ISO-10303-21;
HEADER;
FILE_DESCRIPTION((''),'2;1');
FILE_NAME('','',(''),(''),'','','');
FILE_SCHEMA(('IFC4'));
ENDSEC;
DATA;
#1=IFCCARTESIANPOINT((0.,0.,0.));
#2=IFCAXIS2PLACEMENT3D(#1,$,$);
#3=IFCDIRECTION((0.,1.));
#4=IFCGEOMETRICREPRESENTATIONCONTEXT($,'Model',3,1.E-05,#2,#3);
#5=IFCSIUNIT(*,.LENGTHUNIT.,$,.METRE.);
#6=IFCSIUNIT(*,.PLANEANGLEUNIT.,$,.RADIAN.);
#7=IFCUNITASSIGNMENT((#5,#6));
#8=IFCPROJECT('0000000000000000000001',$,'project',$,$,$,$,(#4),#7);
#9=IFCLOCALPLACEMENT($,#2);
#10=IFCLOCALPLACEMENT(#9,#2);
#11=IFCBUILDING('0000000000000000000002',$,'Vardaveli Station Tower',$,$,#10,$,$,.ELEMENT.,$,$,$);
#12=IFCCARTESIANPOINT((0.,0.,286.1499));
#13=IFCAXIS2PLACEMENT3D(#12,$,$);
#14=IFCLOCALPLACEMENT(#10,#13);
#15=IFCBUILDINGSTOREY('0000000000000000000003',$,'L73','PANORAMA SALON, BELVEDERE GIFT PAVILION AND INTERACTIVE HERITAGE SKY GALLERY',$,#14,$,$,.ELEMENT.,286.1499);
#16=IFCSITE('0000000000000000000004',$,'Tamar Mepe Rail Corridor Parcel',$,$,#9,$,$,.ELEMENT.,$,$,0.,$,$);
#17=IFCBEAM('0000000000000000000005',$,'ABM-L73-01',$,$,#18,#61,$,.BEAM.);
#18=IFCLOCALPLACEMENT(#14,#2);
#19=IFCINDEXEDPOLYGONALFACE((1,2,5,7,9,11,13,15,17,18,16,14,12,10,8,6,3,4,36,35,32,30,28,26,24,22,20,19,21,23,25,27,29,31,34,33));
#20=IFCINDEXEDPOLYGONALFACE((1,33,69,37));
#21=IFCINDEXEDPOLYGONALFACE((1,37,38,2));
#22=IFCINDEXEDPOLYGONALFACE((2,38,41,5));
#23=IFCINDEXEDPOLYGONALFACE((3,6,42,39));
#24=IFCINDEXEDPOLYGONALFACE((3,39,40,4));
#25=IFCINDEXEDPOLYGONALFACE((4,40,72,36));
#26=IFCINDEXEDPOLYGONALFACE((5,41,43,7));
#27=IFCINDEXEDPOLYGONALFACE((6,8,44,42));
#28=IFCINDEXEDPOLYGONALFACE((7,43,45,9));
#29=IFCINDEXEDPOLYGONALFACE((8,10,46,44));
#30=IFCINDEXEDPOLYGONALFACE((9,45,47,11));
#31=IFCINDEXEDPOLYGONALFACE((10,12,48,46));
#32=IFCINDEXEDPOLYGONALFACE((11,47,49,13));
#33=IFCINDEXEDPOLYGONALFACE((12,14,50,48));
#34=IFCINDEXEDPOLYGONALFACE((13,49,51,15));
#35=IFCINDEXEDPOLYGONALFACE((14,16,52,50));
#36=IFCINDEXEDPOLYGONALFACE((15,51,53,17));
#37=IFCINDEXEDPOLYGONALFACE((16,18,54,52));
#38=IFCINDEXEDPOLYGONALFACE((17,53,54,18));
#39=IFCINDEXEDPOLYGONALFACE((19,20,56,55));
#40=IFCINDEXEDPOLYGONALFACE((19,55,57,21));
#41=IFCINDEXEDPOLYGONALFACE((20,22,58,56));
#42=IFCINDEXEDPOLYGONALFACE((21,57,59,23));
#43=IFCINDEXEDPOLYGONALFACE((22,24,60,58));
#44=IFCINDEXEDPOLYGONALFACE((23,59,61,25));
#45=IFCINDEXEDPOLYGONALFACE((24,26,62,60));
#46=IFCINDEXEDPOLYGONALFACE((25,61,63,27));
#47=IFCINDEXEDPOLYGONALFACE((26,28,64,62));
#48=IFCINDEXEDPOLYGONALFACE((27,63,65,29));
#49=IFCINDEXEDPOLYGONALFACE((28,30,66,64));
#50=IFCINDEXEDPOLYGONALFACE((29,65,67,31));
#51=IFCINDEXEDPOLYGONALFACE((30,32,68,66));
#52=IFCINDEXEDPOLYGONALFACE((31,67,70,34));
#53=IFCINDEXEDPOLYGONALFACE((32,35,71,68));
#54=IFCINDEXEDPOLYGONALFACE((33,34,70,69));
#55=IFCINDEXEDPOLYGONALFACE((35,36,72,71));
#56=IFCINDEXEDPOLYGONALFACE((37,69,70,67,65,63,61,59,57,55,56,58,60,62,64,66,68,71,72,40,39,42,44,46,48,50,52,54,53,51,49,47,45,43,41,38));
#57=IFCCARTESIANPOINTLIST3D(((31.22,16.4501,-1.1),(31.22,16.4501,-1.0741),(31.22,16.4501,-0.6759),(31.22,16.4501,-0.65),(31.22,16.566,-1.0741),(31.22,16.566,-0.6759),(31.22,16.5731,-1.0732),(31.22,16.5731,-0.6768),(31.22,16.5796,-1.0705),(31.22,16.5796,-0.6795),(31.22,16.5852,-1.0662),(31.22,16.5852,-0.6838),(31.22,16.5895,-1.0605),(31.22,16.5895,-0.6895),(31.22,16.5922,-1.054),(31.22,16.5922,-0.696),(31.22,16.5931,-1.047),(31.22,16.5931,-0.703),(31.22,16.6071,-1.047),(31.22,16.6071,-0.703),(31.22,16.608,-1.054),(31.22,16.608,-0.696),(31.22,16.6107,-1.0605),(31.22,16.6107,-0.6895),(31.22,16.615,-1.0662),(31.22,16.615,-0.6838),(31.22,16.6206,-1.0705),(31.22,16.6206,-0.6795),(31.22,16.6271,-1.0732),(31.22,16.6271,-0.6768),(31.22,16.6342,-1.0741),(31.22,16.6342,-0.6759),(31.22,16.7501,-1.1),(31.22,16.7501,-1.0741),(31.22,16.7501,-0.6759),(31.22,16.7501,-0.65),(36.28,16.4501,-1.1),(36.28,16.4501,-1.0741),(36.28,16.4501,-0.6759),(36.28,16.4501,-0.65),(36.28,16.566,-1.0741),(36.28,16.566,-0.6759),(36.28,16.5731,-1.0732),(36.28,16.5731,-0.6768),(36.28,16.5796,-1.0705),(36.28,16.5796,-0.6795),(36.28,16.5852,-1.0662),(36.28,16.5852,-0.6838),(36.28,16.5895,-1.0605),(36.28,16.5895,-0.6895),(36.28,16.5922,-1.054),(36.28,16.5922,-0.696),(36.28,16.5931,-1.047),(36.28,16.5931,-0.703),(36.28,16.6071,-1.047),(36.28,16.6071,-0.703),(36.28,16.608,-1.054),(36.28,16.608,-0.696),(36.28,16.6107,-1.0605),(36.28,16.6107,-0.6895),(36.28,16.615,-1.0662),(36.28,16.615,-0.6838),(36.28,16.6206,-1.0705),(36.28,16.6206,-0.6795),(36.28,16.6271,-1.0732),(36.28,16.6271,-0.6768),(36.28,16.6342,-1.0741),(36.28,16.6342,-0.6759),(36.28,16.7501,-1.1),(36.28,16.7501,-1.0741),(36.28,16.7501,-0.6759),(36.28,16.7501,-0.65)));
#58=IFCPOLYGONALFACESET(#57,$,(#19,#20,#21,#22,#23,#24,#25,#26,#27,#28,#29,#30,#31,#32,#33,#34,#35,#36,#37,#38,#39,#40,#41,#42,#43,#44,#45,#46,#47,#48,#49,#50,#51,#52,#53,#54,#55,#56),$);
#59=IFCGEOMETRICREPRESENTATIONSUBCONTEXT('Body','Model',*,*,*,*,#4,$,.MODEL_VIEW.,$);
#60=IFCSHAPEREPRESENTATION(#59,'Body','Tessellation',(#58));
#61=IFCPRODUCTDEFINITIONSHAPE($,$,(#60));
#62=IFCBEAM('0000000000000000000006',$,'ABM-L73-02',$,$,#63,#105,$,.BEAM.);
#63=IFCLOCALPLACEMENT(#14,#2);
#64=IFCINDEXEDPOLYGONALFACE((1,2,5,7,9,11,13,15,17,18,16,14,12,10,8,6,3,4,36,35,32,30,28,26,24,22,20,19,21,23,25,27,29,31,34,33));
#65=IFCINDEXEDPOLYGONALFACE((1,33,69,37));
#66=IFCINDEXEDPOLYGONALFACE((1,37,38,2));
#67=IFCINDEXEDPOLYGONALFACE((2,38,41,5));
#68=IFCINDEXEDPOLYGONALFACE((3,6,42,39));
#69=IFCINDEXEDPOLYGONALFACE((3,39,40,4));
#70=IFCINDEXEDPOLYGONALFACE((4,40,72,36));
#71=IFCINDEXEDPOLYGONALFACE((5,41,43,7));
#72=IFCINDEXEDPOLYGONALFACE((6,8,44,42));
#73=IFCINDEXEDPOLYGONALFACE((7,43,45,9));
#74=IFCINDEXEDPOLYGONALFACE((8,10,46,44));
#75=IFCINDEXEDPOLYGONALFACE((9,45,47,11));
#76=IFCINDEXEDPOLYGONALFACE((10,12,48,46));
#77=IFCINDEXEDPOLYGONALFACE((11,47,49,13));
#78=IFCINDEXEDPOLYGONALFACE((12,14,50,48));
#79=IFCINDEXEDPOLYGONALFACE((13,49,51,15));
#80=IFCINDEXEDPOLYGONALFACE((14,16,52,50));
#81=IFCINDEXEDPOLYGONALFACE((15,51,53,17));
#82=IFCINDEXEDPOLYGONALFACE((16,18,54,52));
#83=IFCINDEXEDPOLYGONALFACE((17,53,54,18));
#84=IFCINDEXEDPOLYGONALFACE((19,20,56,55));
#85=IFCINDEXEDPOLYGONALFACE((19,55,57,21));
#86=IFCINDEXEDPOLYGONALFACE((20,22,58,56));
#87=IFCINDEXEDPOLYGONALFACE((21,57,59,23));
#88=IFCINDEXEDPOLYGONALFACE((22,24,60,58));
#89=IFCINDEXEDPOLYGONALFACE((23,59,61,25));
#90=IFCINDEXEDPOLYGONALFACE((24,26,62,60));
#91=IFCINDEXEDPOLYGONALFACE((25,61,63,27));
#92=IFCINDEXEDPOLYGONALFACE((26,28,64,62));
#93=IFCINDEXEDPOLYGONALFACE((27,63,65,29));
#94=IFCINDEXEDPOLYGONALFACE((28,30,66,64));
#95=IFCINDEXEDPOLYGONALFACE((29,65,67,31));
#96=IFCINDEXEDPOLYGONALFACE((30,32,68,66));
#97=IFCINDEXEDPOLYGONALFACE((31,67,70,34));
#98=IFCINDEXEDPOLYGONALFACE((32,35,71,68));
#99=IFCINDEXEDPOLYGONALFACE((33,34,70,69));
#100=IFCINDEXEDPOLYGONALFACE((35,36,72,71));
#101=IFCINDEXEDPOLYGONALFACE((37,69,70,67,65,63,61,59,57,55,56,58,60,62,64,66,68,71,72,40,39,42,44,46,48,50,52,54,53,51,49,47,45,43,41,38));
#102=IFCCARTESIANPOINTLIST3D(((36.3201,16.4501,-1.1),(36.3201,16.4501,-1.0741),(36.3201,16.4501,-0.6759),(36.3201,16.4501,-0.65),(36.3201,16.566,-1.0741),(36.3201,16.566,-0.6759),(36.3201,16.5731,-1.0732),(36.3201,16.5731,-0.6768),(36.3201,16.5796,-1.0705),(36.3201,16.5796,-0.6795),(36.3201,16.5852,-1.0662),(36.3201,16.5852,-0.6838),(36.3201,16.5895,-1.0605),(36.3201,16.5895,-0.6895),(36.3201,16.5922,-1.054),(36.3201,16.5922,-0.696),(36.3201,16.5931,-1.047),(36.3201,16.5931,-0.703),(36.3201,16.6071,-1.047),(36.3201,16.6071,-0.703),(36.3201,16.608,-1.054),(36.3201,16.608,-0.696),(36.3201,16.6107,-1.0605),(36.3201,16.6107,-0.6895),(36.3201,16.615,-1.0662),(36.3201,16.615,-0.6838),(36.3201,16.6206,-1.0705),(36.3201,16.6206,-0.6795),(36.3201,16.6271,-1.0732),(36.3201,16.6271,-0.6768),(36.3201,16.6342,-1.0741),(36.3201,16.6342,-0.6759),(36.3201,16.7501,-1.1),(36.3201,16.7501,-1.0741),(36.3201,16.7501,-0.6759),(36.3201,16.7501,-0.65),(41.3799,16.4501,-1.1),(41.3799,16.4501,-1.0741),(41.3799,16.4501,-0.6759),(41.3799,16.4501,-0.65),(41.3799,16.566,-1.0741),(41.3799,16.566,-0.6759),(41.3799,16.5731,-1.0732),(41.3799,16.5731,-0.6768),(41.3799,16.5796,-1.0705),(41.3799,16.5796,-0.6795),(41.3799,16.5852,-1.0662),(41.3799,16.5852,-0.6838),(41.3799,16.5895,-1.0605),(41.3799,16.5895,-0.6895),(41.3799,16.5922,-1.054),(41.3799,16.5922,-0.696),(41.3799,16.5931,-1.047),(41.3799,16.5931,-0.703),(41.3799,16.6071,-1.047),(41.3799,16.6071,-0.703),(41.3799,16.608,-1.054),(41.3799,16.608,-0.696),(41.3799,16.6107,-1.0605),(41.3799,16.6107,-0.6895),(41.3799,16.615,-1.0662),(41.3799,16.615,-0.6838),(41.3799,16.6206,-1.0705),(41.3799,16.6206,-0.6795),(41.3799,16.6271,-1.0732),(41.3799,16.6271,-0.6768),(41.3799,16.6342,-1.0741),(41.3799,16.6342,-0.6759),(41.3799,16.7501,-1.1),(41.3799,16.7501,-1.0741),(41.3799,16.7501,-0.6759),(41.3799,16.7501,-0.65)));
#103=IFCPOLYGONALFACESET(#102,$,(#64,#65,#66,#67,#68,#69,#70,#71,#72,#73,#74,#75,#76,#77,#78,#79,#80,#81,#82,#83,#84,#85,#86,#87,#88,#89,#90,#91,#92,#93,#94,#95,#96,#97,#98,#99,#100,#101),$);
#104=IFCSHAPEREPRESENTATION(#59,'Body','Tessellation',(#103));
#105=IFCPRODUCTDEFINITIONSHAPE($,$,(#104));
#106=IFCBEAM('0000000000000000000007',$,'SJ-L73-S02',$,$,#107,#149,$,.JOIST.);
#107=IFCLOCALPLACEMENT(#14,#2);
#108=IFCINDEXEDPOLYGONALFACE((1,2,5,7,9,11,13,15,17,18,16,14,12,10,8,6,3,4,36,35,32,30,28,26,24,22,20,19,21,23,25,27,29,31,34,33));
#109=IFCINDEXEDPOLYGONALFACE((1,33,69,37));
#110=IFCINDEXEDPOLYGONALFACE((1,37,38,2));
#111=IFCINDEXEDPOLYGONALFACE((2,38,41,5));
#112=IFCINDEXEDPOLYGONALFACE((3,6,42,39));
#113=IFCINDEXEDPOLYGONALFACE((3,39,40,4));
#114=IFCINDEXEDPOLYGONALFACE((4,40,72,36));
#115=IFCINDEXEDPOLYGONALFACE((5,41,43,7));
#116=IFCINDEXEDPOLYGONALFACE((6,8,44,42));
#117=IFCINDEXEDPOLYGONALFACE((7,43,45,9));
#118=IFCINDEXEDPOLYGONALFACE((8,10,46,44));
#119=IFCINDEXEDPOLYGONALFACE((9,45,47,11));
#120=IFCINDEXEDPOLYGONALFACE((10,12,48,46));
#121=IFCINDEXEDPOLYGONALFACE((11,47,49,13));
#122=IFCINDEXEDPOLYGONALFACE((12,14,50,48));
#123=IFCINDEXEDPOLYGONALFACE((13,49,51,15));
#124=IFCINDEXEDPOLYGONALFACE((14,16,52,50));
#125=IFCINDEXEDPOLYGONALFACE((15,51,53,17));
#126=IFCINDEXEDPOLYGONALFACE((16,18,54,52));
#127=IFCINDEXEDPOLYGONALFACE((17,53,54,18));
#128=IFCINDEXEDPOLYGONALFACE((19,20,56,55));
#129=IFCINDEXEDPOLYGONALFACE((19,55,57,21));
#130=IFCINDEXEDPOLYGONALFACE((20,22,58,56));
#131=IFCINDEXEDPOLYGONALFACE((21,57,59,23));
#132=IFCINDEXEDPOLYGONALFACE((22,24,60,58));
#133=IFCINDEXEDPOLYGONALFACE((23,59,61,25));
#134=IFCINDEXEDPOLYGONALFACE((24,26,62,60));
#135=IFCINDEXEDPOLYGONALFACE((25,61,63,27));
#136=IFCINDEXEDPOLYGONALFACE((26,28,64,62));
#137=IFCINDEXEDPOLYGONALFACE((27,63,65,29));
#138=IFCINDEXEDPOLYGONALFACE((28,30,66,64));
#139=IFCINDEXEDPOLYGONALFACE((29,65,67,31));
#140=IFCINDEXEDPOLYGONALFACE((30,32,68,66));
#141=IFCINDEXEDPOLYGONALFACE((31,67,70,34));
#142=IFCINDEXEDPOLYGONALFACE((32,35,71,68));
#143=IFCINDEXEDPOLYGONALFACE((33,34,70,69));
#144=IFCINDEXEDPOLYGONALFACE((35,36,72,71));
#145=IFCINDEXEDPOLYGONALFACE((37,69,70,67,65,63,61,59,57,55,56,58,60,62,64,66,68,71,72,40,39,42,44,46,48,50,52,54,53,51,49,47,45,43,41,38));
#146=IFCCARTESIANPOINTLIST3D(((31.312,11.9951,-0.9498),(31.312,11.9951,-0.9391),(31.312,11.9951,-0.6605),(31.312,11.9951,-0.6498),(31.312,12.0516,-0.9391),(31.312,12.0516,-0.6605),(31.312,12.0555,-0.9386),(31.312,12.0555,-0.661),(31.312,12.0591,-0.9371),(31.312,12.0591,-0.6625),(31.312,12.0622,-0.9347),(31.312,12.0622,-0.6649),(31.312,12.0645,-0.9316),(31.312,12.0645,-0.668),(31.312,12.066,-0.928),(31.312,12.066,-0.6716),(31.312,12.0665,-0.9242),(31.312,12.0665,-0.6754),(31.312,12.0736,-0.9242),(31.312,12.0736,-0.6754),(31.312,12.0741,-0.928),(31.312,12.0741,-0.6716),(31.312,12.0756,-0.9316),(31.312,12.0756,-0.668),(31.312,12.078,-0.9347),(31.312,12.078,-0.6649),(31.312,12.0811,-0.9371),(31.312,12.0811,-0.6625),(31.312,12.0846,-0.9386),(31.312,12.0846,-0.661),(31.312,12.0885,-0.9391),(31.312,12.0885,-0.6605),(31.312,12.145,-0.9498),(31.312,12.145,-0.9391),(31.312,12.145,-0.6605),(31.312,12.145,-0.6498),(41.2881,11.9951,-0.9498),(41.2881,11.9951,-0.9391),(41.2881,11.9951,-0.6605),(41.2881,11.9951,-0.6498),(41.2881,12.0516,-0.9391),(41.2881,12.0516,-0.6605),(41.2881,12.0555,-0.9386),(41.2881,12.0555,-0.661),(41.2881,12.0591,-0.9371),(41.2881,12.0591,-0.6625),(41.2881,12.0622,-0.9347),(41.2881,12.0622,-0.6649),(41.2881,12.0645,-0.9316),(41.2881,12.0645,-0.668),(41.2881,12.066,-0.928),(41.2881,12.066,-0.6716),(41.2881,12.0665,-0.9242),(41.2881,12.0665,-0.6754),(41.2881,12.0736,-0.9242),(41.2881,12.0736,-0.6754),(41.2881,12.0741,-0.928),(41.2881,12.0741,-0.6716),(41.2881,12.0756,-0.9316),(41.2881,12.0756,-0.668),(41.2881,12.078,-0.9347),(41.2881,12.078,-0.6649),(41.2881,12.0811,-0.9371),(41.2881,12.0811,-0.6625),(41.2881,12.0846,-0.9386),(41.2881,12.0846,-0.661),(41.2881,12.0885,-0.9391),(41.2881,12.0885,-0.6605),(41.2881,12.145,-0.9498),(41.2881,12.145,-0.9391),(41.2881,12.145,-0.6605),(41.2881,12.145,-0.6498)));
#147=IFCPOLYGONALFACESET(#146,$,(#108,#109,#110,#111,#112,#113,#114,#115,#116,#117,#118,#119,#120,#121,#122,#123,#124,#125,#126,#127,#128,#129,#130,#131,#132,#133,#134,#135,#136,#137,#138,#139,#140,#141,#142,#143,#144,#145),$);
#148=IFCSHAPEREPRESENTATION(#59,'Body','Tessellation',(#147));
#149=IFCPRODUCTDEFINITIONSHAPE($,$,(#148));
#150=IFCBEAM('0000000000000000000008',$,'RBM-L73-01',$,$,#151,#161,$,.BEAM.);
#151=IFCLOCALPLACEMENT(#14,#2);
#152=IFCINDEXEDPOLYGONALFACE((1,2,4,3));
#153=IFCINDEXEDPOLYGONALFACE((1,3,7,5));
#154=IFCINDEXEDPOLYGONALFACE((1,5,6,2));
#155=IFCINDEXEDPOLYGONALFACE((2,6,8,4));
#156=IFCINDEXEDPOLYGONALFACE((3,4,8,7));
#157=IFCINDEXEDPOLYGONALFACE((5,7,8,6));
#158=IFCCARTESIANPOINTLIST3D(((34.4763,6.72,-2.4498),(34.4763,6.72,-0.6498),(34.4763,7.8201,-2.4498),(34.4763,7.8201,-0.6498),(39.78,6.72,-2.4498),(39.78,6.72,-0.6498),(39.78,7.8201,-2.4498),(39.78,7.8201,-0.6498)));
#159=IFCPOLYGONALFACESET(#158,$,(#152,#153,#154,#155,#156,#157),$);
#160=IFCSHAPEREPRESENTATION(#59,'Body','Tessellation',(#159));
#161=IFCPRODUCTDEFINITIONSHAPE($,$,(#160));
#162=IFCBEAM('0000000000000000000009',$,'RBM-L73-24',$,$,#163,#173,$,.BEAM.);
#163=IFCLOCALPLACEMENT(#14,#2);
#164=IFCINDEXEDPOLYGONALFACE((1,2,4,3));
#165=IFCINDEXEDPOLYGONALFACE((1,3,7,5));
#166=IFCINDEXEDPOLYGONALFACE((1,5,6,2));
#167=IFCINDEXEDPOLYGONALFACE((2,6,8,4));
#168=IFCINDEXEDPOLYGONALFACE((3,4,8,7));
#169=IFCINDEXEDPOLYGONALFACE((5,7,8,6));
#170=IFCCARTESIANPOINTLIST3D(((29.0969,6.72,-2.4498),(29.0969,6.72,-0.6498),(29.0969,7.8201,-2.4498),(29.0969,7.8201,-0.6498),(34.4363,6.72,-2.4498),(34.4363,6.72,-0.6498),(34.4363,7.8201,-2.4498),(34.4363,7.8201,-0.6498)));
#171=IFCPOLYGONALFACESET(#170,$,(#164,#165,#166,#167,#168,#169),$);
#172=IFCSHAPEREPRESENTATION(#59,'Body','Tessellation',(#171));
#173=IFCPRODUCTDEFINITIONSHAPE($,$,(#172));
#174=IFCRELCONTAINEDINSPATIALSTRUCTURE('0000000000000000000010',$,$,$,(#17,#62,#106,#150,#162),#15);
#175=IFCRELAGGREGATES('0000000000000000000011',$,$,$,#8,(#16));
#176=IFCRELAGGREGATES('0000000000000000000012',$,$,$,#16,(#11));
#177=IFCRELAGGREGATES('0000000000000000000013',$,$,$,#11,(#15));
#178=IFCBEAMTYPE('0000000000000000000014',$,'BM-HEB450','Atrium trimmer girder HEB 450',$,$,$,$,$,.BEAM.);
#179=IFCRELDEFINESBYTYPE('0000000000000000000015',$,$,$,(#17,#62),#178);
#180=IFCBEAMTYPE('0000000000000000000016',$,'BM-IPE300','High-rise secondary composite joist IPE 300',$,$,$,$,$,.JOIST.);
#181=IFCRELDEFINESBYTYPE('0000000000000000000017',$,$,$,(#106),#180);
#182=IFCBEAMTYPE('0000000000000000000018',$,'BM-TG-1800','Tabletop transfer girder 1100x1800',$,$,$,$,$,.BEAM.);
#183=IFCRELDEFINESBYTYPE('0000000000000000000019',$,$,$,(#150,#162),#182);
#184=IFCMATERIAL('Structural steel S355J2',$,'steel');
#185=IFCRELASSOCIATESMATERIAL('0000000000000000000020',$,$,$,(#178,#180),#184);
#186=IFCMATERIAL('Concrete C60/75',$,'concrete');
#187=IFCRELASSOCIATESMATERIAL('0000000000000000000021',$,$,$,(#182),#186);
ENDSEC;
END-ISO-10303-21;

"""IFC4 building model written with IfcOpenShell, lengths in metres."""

from ifc_helpers import new_model, si_unit, direction, frame, origin, origin_2d, place, context, subcontext, project, spatial, rectangle, i_section, extrude, source, transform, mapped, material, material_profile, profile_set, type_object, element, save


model = new_model("IFC4")

# Units and contexts
model_context = context("Model", 3, precision=1e-05, world=origin(), true_north=direction((0.0, 1.0)))
body_context = subcontext(model_context, "Body", "Model", "MODEL_VIEW")
ifc_project = project(units=[si_unit("LENGTHUNIT", "METRE"), si_unit("PLANEANGLEUNIT", "RADIAN")], contexts=[model_context])

# Site, building, storey
site_placement = place(None, origin())
site = spatial("IfcSite", under=ifc_project, at=site_placement, Name="Tamar Mepe Rail Corridor Parcel", CompositionType="ELEMENT", RefElevation=0.0)
building_placement = place(site_placement, origin())
building = spatial("IfcBuilding", under=site, at=building_placement, Name="Vardaveli Station Tower", CompositionType="ELEMENT")
storey_placement = place(building_placement, frame((0.0, 0.0, 286.1499)))
storey = spatial("IfcBuildingStorey", under=building, at=storey_placement, Name="L73", Description="PANORAMA SALON, BELVEDERE GIFT PAVILION AND INTERACTIVE HERITAGE SKY GALLERY", CompositionType="ELEMENT", Elevation=286.1499)

# Shared definitions
ifc_material_1 = material(Name="Structural steel S355J2", Category="steel")

# Beams
ifc_material_profile_1 = material_profile(ifc_material_1, i_section(OverallWidth=0.3, OverallDepth=0.45, WebThickness=0.0139, FlangeThickness=0.0259, FilletRadius=0.0271, at=origin_2d()), Name="HEB 450")
ifc_profile_set_1 = profile_set([ifc_material_profile_1], Name="Structural steel S355J2")
beam_type_1 = type_object("IfcBeamType", Name="BM-HEB450", Description="Atrium trimmer girder HEB 450", PredefinedType="BEAM", material=ifc_profile_set_1)
shared_shape_1 = source(origin(), body_context, "Body", "SweptSolid", [
    extrude(i_section(OverallWidth=0.3, OverallDepth=0.45, WebThickness=0.0139, FlangeThickness=0.0259, FilletRadius=0.0271, at=origin_2d()), origin(), (0.0, 0.0, 1.0), 5.0601),
])
beam_1_placement = place(storey_placement, frame((31.22, 16.6001, -0.875), z_axis=(1.0, 0.0, 0.0), x_axis=(0.0, 1.0, 0.0)))
element("IfcBeam", 1, at=beam_1_placement, inside=storey, type_object=beam_type_1, Name="ABM-L73-01", PredefinedType="BEAM", context=body_context, shape_type="MappedRepresentation", body=[
    mapped(shared_shape_1, transform((0.0, 0.0, 0.0), scale=1.0)),
])
shared_shape_2 = source(origin(), body_context, "Body", "SweptSolid", [
    extrude(i_section(OverallWidth=0.3, OverallDepth=0.45, WebThickness=0.0139, FlangeThickness=0.0259, FilletRadius=0.0271, at=origin_2d()), origin(), (0.0, 0.0, 1.0), 5.0598),
])
beam_2_placement = place(storey_placement, frame((36.3201, 16.6001, -0.875), z_axis=(1.0, 0.0, 0.0), x_axis=(0.0, 1.0, 0.0)))
element("IfcBeam", 2, at=beam_2_placement, inside=storey, type_object=beam_type_1, Name="ABM-L73-02", PredefinedType="BEAM", context=body_context, shape_type="MappedRepresentation", body=[
    mapped(shared_shape_2, transform((0.0, 0.0, 0.0), scale=1.0)),
])
ifc_material_profile_2 = material_profile(ifc_material_1, i_section(OverallWidth=0.1499, OverallDepth=0.3, WebThickness=0.0071, FlangeThickness=0.0107, FilletRadius=0.0149, at=origin_2d()), Name="IPE 300")
ifc_profile_set_2 = profile_set([ifc_material_profile_2], Name="Structural steel S355J2")
beam_type_2 = type_object("IfcBeamType", Name="BM-IPE300", Description="High-rise secondary composite joist IPE 300", PredefinedType="JOIST", material=ifc_profile_set_2)
shared_shape_3 = source(origin(), body_context, "Body", "SweptSolid", [
    extrude(i_section(OverallWidth=0.1499, OverallDepth=0.3, WebThickness=0.0071, FlangeThickness=0.0107, FilletRadius=0.0149, at=origin_2d()), origin(), (0.0, 0.0, 1.0), 9.9761),
])
beam_3_placement = place(storey_placement, frame((31.312, 12.0701, -0.7998), z_axis=(1.0, 0.0, 0.0), x_axis=(0.0, 1.0, 0.0)))
element("IfcBeam", 3, at=beam_3_placement, inside=storey, type_object=beam_type_2, Name="SJ-L73-S02", PredefinedType="JOIST", context=body_context, shape_type="MappedRepresentation", body=[
    mapped(shared_shape_3, transform((0.0, 0.0, 0.0), scale=1.0)),
])
ifc_material_2 = material(Name="Concrete C60/75", Category="concrete")
ifc_material_profile_3 = material_profile(ifc_material_2, rectangle(XDim=1.1001, YDim=1.8, at=origin_2d()), Name="TG 1100x1800")
ifc_profile_set_3 = profile_set([ifc_material_profile_3], Name="Concrete C60/75")
beam_type_3 = type_object("IfcBeamType", Name="BM-TG-1800", Description="Tabletop transfer girder 1100x1800", PredefinedType="BEAM", material=ifc_profile_set_3)
shared_shape_4 = source(origin(), body_context, "Body", "SweptSolid", [
    extrude(rectangle(XDim=1.1001, YDim=1.8, at=origin_2d()), origin(), (0.0, 0.0, 1.0), 5.3037),
])
beam_4_placement = place(storey_placement, frame((34.4763, 7.27, -1.5498), z_axis=(1.0, 0.0, 0.0), x_axis=(0.0, 1.0, 0.0)))
element("IfcBeam", 4, at=beam_4_placement, inside=storey, type_object=beam_type_3, Name="RBM-L73-01", PredefinedType="BEAM", context=body_context, shape_type="MappedRepresentation", body=[
    mapped(shared_shape_4, transform((0.0, 0.0, 0.0), scale=1.0)),
])
shared_shape_5 = source(origin(), body_context, "Body", "SweptSolid", [
    extrude(rectangle(XDim=1.1001, YDim=1.8, at=origin_2d()), origin(), (0.0, 0.0, 1.0), 5.3394),
])
beam_5_placement = place(storey_placement, frame((29.0969, 7.27, -1.5498), z_axis=(1.0, 0.0, 0.0), x_axis=(0.0, 1.0, 0.0)))
element("IfcBeam", 5, at=beam_5_placement, inside=storey, type_object=beam_type_3, Name="RBM-L73-24", PredefinedType="BEAM", context=body_context, shape_type="MappedRepresentation", body=[
    mapped(shared_shape_5, transform((0.0, 0.0, 0.0), scale=1.0)),
])

save(model, "model.ifc")
